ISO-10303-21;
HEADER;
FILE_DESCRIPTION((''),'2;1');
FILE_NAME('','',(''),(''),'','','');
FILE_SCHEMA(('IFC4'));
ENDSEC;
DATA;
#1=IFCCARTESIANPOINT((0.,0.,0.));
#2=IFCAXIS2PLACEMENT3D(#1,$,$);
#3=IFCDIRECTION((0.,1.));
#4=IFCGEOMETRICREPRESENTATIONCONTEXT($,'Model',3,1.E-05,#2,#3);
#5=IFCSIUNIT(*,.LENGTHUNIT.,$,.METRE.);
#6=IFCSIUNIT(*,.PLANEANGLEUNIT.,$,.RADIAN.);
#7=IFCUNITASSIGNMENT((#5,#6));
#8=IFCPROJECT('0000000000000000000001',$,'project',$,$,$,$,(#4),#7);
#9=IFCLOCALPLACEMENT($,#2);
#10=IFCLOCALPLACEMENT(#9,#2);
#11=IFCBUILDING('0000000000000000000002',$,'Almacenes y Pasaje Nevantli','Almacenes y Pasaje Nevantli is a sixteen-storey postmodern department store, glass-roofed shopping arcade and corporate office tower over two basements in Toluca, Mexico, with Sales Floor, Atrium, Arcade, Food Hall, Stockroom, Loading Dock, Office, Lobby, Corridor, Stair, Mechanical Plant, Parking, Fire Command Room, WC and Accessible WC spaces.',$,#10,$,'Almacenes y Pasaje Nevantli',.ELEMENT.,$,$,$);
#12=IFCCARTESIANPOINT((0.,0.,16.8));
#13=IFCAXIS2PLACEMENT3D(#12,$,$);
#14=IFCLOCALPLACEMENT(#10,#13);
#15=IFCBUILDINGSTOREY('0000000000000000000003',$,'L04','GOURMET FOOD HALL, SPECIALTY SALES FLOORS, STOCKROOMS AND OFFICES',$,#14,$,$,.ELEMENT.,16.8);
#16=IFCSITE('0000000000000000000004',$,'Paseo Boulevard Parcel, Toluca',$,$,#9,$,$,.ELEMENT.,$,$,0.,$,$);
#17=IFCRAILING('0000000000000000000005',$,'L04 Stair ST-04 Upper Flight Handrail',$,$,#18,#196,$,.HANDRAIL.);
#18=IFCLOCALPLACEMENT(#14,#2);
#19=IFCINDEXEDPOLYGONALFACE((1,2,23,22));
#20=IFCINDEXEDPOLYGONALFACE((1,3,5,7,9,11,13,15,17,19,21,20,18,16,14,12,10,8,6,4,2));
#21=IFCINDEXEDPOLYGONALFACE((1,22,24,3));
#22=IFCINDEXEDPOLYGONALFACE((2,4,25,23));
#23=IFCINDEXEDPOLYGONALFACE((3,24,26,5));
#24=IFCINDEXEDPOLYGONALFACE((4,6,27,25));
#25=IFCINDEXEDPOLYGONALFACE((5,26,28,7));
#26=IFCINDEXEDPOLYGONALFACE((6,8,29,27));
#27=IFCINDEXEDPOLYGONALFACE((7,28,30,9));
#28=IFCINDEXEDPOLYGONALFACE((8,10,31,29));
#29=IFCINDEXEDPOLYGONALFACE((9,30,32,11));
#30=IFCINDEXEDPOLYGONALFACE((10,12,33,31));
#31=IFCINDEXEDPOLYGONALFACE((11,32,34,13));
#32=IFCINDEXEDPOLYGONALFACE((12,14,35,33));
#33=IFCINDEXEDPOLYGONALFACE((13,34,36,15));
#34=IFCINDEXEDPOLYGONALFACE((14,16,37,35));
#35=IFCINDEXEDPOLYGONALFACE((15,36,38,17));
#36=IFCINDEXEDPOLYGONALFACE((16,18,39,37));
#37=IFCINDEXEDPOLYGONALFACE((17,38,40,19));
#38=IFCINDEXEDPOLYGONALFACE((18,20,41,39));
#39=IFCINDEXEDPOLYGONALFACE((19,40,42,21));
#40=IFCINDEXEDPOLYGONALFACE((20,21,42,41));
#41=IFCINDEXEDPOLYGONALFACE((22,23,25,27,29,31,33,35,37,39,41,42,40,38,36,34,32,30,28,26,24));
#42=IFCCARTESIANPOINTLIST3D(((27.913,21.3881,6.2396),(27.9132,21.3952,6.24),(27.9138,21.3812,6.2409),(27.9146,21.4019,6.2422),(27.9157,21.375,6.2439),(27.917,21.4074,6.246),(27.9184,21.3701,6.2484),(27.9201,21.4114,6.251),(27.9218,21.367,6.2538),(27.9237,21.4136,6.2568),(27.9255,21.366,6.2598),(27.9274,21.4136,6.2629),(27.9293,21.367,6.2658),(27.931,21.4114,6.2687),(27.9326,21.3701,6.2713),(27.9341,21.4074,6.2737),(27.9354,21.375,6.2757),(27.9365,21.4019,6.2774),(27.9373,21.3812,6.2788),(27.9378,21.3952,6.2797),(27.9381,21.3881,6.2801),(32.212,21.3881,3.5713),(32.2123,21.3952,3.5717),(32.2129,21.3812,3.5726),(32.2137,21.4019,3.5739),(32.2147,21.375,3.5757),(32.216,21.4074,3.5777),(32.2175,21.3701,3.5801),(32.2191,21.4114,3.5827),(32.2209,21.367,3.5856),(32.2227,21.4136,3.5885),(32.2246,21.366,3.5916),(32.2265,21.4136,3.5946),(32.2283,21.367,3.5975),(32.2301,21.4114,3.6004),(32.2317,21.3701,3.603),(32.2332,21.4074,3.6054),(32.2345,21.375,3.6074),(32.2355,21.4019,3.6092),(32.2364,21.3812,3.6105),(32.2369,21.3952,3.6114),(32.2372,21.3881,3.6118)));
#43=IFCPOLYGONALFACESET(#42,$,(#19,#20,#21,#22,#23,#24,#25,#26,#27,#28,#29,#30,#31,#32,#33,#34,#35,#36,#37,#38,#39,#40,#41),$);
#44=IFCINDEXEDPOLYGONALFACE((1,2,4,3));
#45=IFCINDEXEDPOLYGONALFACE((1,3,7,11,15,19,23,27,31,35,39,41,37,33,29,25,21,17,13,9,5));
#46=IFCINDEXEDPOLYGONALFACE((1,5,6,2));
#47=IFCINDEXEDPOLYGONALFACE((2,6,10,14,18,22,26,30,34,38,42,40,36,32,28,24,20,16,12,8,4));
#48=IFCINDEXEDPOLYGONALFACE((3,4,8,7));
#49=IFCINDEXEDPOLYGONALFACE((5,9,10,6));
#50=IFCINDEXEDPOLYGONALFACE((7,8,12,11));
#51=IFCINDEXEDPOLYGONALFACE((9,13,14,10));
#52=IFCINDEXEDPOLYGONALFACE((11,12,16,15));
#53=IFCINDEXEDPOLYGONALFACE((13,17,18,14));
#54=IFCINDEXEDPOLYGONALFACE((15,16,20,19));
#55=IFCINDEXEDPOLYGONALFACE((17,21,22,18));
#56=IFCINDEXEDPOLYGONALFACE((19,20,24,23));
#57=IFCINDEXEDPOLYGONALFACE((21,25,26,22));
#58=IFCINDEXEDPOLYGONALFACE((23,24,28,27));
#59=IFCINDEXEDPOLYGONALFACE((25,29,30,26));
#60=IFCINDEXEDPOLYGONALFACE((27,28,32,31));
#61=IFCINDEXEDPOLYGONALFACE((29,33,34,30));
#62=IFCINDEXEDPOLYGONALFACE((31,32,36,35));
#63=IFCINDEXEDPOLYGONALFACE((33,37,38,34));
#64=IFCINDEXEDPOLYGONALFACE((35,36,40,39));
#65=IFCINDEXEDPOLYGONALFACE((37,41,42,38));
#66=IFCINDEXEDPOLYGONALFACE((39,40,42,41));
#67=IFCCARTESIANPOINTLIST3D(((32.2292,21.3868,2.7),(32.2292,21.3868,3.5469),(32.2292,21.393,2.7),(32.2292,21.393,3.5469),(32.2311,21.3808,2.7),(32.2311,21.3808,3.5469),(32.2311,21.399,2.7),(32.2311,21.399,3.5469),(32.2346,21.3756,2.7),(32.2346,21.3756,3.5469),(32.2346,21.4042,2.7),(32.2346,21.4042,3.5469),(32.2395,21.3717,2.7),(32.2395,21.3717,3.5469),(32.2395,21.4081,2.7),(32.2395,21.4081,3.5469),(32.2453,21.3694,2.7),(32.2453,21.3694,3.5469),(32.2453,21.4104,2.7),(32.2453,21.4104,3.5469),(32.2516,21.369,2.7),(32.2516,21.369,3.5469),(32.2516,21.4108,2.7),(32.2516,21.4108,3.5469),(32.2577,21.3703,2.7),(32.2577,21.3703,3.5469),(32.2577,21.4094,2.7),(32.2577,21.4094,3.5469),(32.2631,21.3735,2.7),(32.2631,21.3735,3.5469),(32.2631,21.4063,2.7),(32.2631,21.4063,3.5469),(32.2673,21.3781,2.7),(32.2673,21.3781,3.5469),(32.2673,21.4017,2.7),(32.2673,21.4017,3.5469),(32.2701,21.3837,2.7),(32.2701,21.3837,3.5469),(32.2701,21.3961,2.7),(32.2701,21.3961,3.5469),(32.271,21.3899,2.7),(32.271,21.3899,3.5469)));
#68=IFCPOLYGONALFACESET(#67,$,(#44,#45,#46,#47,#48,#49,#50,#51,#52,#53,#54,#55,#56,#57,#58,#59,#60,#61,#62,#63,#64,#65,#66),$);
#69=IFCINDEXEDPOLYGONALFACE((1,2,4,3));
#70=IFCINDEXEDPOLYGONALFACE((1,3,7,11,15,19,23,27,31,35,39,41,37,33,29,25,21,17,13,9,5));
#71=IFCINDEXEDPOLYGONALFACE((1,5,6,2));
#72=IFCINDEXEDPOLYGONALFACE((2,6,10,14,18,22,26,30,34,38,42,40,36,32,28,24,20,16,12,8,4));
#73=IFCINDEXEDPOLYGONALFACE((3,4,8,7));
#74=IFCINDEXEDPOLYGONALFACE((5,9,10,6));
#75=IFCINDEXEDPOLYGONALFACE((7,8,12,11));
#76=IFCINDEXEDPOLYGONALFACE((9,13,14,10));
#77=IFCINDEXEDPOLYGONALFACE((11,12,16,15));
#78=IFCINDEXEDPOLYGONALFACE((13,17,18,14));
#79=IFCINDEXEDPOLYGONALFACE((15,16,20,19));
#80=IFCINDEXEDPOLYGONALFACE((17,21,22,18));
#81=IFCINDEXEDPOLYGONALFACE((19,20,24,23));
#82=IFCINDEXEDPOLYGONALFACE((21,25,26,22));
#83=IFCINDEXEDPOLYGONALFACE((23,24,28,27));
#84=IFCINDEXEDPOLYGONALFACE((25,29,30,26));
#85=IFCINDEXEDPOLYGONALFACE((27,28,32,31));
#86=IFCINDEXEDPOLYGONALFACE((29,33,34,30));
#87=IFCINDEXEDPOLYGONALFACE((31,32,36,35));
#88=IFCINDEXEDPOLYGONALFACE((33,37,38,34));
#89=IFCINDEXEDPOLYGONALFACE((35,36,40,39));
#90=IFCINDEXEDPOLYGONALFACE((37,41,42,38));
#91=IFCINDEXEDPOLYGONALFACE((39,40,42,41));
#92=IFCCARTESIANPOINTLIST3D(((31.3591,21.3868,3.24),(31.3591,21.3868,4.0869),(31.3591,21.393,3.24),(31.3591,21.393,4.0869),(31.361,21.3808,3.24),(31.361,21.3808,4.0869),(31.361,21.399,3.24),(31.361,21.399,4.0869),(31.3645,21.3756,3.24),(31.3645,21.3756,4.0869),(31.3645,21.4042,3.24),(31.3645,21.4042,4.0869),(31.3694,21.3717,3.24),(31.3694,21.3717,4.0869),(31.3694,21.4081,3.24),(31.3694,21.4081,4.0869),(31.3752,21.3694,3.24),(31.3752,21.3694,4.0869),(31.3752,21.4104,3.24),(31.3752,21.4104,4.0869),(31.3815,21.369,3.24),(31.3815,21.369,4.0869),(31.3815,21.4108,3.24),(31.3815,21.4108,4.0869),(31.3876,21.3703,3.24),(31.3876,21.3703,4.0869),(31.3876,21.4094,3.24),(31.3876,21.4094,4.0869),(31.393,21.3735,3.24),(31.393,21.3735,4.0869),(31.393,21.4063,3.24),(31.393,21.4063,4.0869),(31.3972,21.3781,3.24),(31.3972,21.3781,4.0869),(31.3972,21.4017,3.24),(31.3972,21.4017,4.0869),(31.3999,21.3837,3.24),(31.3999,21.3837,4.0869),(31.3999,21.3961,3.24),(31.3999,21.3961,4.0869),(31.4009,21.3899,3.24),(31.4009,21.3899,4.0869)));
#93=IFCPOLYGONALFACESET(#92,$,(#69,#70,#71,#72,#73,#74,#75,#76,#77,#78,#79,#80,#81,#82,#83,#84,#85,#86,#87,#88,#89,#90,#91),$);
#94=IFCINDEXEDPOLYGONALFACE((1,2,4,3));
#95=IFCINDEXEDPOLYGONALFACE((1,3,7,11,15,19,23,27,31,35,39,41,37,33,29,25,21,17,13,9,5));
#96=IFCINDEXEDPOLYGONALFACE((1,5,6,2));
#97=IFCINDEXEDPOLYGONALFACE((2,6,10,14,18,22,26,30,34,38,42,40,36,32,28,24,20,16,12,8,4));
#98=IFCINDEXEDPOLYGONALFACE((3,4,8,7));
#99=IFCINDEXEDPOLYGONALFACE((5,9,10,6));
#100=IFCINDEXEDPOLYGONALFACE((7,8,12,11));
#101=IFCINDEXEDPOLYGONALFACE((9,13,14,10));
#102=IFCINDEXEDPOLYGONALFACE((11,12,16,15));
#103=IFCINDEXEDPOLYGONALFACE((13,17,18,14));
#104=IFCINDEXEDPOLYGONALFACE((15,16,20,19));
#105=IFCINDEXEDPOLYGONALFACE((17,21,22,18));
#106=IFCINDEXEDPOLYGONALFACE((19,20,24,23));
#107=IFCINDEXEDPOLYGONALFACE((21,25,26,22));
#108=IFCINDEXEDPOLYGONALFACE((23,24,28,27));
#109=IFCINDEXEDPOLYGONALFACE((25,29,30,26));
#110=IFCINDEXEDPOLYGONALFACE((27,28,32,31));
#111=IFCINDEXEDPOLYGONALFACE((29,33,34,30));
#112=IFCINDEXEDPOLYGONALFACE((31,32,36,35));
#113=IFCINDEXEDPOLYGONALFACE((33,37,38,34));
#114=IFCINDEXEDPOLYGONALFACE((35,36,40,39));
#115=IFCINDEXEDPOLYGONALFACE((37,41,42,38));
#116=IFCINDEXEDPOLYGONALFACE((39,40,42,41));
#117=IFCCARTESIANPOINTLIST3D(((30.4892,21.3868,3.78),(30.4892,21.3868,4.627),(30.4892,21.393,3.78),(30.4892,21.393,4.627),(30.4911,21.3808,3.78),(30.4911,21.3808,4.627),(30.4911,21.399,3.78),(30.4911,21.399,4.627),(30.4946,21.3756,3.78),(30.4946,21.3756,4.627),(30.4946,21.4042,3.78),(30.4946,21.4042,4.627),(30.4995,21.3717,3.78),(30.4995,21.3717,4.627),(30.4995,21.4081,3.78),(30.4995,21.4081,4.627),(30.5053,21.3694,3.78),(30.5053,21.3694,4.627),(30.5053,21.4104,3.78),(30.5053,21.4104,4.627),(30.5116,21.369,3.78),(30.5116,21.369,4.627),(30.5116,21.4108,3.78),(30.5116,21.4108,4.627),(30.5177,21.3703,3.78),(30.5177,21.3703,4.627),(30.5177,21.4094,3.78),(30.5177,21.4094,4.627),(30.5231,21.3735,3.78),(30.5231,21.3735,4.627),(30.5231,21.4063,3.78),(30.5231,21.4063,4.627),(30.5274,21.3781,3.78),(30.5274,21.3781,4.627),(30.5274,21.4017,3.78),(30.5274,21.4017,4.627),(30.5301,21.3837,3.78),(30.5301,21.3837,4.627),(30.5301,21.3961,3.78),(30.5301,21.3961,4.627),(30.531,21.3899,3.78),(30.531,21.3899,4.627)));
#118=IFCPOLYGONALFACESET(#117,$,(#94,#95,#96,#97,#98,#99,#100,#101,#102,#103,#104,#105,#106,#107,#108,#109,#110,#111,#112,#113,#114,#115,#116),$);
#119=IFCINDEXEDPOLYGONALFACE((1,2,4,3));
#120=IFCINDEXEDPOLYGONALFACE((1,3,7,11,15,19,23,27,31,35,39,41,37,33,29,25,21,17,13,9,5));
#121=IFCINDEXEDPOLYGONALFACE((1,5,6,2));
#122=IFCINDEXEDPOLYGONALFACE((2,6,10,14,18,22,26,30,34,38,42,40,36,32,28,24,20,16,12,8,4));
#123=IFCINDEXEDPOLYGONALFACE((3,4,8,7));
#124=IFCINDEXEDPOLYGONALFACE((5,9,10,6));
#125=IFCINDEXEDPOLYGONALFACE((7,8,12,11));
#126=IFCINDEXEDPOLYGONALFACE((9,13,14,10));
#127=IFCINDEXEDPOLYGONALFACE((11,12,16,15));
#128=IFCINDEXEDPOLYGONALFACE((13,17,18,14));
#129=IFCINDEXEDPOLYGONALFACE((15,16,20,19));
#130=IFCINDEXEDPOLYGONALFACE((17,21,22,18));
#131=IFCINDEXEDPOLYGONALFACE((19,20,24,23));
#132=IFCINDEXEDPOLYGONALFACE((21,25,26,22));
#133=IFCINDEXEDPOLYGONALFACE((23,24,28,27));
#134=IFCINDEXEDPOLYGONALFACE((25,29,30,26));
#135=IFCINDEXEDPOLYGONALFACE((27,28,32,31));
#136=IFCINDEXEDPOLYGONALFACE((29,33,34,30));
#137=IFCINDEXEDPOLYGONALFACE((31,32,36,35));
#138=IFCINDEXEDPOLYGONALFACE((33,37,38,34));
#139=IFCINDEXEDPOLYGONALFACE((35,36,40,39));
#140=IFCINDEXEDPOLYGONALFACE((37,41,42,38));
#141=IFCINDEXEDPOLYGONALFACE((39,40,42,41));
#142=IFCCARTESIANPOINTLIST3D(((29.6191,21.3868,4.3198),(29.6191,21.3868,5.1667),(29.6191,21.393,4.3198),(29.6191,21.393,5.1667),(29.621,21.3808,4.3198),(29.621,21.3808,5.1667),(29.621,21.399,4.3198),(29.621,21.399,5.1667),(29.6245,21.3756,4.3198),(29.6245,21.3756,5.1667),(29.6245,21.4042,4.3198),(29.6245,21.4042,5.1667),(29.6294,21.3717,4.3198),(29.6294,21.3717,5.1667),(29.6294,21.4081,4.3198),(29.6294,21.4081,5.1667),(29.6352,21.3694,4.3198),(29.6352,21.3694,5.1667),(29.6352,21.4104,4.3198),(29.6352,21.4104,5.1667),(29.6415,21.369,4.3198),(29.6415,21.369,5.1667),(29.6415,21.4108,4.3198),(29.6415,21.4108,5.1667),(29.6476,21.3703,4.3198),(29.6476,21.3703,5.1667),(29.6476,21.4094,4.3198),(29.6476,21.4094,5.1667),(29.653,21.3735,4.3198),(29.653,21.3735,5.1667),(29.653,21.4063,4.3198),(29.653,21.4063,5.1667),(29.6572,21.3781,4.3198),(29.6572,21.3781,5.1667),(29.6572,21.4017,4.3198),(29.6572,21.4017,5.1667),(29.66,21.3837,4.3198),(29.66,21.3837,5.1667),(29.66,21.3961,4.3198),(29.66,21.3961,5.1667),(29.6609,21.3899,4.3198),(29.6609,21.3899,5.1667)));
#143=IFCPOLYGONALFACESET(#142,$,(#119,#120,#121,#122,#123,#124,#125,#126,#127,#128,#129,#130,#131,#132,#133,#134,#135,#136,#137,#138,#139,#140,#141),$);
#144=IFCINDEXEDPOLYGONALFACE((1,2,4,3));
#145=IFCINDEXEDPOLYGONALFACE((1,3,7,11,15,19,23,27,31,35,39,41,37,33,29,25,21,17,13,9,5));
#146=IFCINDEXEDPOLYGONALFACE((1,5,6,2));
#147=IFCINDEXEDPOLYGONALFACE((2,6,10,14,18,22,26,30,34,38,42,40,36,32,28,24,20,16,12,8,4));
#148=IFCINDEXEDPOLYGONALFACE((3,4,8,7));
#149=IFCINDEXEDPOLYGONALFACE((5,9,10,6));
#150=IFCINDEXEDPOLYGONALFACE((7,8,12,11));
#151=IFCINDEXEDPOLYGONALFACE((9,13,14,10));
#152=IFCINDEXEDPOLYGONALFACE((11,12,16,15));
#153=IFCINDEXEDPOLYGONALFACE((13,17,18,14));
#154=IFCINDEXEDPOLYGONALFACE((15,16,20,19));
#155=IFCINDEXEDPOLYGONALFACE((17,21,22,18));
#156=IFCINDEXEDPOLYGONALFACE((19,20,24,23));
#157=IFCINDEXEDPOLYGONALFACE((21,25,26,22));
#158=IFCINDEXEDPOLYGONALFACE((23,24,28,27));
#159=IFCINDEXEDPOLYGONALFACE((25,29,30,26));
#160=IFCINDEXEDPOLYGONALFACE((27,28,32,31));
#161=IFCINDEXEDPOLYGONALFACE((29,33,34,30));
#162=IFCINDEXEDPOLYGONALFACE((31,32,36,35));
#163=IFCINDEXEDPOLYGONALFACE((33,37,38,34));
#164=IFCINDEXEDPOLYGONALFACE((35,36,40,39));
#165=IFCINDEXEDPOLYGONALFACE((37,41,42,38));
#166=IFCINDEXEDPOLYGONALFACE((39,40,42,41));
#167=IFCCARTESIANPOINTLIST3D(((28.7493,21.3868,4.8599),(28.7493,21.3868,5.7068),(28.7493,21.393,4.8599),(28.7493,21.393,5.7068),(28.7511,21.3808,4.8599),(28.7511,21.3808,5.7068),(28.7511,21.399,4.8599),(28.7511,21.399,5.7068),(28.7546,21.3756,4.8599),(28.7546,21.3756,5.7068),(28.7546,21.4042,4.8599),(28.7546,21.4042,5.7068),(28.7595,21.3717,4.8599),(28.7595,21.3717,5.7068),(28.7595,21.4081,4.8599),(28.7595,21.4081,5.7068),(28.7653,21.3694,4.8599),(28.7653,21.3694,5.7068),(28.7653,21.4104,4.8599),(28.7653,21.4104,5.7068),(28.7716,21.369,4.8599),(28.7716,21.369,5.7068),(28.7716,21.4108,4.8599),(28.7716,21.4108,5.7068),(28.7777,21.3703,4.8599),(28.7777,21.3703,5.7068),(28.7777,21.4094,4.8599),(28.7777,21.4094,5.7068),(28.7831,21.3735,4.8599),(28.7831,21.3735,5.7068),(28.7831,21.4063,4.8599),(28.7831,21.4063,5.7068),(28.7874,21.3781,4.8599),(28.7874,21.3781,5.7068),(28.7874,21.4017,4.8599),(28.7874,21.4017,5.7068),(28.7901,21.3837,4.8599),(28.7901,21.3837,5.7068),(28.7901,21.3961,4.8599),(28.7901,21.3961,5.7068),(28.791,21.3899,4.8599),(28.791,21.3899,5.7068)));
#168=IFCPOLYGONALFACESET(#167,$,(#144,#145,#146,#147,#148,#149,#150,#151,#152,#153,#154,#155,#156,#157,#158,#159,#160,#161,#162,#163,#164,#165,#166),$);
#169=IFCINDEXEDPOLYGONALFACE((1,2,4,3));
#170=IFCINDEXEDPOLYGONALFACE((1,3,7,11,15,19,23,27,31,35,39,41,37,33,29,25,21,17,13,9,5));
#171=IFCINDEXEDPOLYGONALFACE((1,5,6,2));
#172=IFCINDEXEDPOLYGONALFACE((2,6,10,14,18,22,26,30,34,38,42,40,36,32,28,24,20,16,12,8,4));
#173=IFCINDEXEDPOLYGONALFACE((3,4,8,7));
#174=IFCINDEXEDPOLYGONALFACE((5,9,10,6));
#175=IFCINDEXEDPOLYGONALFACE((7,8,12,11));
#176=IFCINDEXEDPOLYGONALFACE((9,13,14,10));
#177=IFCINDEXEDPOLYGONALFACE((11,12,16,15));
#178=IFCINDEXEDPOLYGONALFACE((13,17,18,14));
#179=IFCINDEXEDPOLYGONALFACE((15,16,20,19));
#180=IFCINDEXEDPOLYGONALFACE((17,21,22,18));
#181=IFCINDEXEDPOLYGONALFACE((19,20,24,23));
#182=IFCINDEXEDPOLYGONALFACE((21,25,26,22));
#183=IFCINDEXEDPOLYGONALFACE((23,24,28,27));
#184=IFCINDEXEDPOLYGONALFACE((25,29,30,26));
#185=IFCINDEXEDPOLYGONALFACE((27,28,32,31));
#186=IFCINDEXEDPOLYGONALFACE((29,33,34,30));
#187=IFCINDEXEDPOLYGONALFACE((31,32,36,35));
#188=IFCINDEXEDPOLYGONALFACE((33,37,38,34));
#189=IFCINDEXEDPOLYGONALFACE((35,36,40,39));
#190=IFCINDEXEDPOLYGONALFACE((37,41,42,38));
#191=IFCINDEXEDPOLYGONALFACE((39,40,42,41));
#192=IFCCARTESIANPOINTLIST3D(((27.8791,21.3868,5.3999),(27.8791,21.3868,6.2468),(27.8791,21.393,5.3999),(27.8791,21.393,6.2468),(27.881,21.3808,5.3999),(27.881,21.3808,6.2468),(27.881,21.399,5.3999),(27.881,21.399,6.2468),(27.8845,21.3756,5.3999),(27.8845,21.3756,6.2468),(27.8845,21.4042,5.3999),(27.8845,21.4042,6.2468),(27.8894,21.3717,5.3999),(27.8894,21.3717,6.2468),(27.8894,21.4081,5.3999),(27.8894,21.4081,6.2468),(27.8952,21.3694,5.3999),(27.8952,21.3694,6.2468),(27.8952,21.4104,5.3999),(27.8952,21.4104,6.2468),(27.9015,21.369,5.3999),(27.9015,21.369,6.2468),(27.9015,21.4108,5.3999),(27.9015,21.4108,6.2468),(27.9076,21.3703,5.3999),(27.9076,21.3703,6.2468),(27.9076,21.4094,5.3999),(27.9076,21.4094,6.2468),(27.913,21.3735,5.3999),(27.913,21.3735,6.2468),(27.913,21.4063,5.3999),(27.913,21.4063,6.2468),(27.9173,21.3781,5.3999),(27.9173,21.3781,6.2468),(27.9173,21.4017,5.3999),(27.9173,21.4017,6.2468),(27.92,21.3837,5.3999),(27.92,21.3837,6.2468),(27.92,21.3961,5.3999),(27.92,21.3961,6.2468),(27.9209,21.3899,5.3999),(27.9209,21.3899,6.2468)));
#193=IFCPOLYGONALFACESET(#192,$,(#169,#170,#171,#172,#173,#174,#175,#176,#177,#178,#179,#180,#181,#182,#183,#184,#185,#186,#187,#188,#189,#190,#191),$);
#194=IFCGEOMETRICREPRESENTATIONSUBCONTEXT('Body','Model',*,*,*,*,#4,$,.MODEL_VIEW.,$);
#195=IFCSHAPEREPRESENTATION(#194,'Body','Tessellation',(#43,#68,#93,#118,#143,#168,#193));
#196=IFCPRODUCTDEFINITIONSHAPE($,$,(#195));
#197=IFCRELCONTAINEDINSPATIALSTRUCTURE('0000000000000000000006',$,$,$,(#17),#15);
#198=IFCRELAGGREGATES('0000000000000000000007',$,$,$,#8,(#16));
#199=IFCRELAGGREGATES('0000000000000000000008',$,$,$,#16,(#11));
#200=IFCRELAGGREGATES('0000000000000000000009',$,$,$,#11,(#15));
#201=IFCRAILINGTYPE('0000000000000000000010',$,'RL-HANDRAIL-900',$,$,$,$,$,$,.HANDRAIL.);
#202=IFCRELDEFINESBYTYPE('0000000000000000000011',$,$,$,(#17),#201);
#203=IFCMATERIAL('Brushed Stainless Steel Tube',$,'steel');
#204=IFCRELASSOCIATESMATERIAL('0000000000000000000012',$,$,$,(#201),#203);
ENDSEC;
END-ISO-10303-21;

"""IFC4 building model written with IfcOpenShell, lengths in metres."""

from ifc_helpers import new_model, si_unit, direction, frame, origin, origin_2d, place, context, subcontext, project, spatial, circle, extrude, material, type_object, element, save


model = new_model("IFC4")

# Units and contexts
model_context = context("Model", 3, precision=1e-05, world=origin(), true_north=direction((0.0, 1.0)))
body_context = subcontext(model_context, "Body", "Model", "MODEL_VIEW")
ifc_project = project(units=[si_unit("LENGTHUNIT", "METRE"), si_unit("PLANEANGLEUNIT", "RADIAN")], contexts=[model_context])

# Site, building, storey
site_placement = place(None, origin())
site = spatial("IfcSite", under=ifc_project, at=site_placement, Name="Paseo Boulevard Parcel, Toluca", CompositionType="ELEMENT", RefElevation=0.0)
building_placement = place(site_placement, origin())
building = spatial("IfcBuilding", under=site, at=building_placement, Name="Almacenes y Pasaje Nevantli", Description="Almacenes y Pasaje Nevantli is a sixteen-storey postmodern department store, glass-roofed shopping arcade and corporate office tower over two basements in Toluca, Mexico, with Sales Floor, Atrium, Arcade, Food Hall, Stockroom, Loading Dock, Office, Lobby, Corridor, Stair, Mechanical Plant, Parking, Fire Command Room, WC and Accessible WC spaces.", LongName="Almacenes y Pasaje Nevantli", CompositionType="ELEMENT")
storey_placement = place(building_placement, frame((0.0, 0.0, 16.8)))
storey = spatial("IfcBuildingStorey", under=building, at=storey_placement, Name="L04", Description="GOURMET FOOD HALL, SPECIALTY SALES FLOORS, STOCKROOMS AND OFFICES", CompositionType="ELEMENT", Elevation=16.8)

# Railing
ifc_material_1 = material(Name="Brushed Stainless Steel Tube", Category="steel")
railing_type_1 = type_object("IfcRailingType", Name="RL-HANDRAIL-900", PredefinedType="HANDRAIL", material=ifc_material_1)
railing_1_placement = place(storey_placement, frame((32.25, 21.3899, 2.7)))
element("IfcRailing", 1, at=railing_1_placement, inside=storey, type_object=railing_type_1, Name="L04 Stair ST-04 Upper Flight Handrail", PredefinedType="HANDRAIL", context=body_context, shape_type="SweptSolid", body=[
    extrude(circle(Radius=0.0239, at=origin_2d()), frame((-0.0254, 0.0, 0.8916), z_axis=(-0.84965, 0.0, 0.527347), x_axis=(0.0, -1.0, 0.0)), (0.0, 0.0, 1.0), 5.0598),
    extrude(circle(Radius=0.021, at=origin_2d()), origin(), (0.0, 0.0, 1.0), 0.8469),
    extrude(circle(Radius=0.021, at=origin_2d()), frame((-0.8701, 0.0, 0.54)), (0.0, 0.0, 1.0), 0.8469),
    extrude(circle(Radius=0.021, at=origin_2d()), frame((-1.74, 0.0, 1.0801)), (0.0, 0.0, 1.0), 0.8469),
    extrude(circle(Radius=0.021, at=origin_2d()), frame((-2.6101, 0.0, 1.6199)), (0.0, 0.0, 1.0), 0.8469),
    extrude(circle(Radius=0.021, at=origin_2d()), frame((-3.48, 0.0, 2.1599)), (0.0, 0.0, 1.0), 0.8469),
    extrude(circle(Radius=0.021, at=origin_2d()), frame((-4.3501, 0.0, 2.7)), (0.0, 0.0, 1.0), 0.8469),
])

save(model, "model.ifc")
